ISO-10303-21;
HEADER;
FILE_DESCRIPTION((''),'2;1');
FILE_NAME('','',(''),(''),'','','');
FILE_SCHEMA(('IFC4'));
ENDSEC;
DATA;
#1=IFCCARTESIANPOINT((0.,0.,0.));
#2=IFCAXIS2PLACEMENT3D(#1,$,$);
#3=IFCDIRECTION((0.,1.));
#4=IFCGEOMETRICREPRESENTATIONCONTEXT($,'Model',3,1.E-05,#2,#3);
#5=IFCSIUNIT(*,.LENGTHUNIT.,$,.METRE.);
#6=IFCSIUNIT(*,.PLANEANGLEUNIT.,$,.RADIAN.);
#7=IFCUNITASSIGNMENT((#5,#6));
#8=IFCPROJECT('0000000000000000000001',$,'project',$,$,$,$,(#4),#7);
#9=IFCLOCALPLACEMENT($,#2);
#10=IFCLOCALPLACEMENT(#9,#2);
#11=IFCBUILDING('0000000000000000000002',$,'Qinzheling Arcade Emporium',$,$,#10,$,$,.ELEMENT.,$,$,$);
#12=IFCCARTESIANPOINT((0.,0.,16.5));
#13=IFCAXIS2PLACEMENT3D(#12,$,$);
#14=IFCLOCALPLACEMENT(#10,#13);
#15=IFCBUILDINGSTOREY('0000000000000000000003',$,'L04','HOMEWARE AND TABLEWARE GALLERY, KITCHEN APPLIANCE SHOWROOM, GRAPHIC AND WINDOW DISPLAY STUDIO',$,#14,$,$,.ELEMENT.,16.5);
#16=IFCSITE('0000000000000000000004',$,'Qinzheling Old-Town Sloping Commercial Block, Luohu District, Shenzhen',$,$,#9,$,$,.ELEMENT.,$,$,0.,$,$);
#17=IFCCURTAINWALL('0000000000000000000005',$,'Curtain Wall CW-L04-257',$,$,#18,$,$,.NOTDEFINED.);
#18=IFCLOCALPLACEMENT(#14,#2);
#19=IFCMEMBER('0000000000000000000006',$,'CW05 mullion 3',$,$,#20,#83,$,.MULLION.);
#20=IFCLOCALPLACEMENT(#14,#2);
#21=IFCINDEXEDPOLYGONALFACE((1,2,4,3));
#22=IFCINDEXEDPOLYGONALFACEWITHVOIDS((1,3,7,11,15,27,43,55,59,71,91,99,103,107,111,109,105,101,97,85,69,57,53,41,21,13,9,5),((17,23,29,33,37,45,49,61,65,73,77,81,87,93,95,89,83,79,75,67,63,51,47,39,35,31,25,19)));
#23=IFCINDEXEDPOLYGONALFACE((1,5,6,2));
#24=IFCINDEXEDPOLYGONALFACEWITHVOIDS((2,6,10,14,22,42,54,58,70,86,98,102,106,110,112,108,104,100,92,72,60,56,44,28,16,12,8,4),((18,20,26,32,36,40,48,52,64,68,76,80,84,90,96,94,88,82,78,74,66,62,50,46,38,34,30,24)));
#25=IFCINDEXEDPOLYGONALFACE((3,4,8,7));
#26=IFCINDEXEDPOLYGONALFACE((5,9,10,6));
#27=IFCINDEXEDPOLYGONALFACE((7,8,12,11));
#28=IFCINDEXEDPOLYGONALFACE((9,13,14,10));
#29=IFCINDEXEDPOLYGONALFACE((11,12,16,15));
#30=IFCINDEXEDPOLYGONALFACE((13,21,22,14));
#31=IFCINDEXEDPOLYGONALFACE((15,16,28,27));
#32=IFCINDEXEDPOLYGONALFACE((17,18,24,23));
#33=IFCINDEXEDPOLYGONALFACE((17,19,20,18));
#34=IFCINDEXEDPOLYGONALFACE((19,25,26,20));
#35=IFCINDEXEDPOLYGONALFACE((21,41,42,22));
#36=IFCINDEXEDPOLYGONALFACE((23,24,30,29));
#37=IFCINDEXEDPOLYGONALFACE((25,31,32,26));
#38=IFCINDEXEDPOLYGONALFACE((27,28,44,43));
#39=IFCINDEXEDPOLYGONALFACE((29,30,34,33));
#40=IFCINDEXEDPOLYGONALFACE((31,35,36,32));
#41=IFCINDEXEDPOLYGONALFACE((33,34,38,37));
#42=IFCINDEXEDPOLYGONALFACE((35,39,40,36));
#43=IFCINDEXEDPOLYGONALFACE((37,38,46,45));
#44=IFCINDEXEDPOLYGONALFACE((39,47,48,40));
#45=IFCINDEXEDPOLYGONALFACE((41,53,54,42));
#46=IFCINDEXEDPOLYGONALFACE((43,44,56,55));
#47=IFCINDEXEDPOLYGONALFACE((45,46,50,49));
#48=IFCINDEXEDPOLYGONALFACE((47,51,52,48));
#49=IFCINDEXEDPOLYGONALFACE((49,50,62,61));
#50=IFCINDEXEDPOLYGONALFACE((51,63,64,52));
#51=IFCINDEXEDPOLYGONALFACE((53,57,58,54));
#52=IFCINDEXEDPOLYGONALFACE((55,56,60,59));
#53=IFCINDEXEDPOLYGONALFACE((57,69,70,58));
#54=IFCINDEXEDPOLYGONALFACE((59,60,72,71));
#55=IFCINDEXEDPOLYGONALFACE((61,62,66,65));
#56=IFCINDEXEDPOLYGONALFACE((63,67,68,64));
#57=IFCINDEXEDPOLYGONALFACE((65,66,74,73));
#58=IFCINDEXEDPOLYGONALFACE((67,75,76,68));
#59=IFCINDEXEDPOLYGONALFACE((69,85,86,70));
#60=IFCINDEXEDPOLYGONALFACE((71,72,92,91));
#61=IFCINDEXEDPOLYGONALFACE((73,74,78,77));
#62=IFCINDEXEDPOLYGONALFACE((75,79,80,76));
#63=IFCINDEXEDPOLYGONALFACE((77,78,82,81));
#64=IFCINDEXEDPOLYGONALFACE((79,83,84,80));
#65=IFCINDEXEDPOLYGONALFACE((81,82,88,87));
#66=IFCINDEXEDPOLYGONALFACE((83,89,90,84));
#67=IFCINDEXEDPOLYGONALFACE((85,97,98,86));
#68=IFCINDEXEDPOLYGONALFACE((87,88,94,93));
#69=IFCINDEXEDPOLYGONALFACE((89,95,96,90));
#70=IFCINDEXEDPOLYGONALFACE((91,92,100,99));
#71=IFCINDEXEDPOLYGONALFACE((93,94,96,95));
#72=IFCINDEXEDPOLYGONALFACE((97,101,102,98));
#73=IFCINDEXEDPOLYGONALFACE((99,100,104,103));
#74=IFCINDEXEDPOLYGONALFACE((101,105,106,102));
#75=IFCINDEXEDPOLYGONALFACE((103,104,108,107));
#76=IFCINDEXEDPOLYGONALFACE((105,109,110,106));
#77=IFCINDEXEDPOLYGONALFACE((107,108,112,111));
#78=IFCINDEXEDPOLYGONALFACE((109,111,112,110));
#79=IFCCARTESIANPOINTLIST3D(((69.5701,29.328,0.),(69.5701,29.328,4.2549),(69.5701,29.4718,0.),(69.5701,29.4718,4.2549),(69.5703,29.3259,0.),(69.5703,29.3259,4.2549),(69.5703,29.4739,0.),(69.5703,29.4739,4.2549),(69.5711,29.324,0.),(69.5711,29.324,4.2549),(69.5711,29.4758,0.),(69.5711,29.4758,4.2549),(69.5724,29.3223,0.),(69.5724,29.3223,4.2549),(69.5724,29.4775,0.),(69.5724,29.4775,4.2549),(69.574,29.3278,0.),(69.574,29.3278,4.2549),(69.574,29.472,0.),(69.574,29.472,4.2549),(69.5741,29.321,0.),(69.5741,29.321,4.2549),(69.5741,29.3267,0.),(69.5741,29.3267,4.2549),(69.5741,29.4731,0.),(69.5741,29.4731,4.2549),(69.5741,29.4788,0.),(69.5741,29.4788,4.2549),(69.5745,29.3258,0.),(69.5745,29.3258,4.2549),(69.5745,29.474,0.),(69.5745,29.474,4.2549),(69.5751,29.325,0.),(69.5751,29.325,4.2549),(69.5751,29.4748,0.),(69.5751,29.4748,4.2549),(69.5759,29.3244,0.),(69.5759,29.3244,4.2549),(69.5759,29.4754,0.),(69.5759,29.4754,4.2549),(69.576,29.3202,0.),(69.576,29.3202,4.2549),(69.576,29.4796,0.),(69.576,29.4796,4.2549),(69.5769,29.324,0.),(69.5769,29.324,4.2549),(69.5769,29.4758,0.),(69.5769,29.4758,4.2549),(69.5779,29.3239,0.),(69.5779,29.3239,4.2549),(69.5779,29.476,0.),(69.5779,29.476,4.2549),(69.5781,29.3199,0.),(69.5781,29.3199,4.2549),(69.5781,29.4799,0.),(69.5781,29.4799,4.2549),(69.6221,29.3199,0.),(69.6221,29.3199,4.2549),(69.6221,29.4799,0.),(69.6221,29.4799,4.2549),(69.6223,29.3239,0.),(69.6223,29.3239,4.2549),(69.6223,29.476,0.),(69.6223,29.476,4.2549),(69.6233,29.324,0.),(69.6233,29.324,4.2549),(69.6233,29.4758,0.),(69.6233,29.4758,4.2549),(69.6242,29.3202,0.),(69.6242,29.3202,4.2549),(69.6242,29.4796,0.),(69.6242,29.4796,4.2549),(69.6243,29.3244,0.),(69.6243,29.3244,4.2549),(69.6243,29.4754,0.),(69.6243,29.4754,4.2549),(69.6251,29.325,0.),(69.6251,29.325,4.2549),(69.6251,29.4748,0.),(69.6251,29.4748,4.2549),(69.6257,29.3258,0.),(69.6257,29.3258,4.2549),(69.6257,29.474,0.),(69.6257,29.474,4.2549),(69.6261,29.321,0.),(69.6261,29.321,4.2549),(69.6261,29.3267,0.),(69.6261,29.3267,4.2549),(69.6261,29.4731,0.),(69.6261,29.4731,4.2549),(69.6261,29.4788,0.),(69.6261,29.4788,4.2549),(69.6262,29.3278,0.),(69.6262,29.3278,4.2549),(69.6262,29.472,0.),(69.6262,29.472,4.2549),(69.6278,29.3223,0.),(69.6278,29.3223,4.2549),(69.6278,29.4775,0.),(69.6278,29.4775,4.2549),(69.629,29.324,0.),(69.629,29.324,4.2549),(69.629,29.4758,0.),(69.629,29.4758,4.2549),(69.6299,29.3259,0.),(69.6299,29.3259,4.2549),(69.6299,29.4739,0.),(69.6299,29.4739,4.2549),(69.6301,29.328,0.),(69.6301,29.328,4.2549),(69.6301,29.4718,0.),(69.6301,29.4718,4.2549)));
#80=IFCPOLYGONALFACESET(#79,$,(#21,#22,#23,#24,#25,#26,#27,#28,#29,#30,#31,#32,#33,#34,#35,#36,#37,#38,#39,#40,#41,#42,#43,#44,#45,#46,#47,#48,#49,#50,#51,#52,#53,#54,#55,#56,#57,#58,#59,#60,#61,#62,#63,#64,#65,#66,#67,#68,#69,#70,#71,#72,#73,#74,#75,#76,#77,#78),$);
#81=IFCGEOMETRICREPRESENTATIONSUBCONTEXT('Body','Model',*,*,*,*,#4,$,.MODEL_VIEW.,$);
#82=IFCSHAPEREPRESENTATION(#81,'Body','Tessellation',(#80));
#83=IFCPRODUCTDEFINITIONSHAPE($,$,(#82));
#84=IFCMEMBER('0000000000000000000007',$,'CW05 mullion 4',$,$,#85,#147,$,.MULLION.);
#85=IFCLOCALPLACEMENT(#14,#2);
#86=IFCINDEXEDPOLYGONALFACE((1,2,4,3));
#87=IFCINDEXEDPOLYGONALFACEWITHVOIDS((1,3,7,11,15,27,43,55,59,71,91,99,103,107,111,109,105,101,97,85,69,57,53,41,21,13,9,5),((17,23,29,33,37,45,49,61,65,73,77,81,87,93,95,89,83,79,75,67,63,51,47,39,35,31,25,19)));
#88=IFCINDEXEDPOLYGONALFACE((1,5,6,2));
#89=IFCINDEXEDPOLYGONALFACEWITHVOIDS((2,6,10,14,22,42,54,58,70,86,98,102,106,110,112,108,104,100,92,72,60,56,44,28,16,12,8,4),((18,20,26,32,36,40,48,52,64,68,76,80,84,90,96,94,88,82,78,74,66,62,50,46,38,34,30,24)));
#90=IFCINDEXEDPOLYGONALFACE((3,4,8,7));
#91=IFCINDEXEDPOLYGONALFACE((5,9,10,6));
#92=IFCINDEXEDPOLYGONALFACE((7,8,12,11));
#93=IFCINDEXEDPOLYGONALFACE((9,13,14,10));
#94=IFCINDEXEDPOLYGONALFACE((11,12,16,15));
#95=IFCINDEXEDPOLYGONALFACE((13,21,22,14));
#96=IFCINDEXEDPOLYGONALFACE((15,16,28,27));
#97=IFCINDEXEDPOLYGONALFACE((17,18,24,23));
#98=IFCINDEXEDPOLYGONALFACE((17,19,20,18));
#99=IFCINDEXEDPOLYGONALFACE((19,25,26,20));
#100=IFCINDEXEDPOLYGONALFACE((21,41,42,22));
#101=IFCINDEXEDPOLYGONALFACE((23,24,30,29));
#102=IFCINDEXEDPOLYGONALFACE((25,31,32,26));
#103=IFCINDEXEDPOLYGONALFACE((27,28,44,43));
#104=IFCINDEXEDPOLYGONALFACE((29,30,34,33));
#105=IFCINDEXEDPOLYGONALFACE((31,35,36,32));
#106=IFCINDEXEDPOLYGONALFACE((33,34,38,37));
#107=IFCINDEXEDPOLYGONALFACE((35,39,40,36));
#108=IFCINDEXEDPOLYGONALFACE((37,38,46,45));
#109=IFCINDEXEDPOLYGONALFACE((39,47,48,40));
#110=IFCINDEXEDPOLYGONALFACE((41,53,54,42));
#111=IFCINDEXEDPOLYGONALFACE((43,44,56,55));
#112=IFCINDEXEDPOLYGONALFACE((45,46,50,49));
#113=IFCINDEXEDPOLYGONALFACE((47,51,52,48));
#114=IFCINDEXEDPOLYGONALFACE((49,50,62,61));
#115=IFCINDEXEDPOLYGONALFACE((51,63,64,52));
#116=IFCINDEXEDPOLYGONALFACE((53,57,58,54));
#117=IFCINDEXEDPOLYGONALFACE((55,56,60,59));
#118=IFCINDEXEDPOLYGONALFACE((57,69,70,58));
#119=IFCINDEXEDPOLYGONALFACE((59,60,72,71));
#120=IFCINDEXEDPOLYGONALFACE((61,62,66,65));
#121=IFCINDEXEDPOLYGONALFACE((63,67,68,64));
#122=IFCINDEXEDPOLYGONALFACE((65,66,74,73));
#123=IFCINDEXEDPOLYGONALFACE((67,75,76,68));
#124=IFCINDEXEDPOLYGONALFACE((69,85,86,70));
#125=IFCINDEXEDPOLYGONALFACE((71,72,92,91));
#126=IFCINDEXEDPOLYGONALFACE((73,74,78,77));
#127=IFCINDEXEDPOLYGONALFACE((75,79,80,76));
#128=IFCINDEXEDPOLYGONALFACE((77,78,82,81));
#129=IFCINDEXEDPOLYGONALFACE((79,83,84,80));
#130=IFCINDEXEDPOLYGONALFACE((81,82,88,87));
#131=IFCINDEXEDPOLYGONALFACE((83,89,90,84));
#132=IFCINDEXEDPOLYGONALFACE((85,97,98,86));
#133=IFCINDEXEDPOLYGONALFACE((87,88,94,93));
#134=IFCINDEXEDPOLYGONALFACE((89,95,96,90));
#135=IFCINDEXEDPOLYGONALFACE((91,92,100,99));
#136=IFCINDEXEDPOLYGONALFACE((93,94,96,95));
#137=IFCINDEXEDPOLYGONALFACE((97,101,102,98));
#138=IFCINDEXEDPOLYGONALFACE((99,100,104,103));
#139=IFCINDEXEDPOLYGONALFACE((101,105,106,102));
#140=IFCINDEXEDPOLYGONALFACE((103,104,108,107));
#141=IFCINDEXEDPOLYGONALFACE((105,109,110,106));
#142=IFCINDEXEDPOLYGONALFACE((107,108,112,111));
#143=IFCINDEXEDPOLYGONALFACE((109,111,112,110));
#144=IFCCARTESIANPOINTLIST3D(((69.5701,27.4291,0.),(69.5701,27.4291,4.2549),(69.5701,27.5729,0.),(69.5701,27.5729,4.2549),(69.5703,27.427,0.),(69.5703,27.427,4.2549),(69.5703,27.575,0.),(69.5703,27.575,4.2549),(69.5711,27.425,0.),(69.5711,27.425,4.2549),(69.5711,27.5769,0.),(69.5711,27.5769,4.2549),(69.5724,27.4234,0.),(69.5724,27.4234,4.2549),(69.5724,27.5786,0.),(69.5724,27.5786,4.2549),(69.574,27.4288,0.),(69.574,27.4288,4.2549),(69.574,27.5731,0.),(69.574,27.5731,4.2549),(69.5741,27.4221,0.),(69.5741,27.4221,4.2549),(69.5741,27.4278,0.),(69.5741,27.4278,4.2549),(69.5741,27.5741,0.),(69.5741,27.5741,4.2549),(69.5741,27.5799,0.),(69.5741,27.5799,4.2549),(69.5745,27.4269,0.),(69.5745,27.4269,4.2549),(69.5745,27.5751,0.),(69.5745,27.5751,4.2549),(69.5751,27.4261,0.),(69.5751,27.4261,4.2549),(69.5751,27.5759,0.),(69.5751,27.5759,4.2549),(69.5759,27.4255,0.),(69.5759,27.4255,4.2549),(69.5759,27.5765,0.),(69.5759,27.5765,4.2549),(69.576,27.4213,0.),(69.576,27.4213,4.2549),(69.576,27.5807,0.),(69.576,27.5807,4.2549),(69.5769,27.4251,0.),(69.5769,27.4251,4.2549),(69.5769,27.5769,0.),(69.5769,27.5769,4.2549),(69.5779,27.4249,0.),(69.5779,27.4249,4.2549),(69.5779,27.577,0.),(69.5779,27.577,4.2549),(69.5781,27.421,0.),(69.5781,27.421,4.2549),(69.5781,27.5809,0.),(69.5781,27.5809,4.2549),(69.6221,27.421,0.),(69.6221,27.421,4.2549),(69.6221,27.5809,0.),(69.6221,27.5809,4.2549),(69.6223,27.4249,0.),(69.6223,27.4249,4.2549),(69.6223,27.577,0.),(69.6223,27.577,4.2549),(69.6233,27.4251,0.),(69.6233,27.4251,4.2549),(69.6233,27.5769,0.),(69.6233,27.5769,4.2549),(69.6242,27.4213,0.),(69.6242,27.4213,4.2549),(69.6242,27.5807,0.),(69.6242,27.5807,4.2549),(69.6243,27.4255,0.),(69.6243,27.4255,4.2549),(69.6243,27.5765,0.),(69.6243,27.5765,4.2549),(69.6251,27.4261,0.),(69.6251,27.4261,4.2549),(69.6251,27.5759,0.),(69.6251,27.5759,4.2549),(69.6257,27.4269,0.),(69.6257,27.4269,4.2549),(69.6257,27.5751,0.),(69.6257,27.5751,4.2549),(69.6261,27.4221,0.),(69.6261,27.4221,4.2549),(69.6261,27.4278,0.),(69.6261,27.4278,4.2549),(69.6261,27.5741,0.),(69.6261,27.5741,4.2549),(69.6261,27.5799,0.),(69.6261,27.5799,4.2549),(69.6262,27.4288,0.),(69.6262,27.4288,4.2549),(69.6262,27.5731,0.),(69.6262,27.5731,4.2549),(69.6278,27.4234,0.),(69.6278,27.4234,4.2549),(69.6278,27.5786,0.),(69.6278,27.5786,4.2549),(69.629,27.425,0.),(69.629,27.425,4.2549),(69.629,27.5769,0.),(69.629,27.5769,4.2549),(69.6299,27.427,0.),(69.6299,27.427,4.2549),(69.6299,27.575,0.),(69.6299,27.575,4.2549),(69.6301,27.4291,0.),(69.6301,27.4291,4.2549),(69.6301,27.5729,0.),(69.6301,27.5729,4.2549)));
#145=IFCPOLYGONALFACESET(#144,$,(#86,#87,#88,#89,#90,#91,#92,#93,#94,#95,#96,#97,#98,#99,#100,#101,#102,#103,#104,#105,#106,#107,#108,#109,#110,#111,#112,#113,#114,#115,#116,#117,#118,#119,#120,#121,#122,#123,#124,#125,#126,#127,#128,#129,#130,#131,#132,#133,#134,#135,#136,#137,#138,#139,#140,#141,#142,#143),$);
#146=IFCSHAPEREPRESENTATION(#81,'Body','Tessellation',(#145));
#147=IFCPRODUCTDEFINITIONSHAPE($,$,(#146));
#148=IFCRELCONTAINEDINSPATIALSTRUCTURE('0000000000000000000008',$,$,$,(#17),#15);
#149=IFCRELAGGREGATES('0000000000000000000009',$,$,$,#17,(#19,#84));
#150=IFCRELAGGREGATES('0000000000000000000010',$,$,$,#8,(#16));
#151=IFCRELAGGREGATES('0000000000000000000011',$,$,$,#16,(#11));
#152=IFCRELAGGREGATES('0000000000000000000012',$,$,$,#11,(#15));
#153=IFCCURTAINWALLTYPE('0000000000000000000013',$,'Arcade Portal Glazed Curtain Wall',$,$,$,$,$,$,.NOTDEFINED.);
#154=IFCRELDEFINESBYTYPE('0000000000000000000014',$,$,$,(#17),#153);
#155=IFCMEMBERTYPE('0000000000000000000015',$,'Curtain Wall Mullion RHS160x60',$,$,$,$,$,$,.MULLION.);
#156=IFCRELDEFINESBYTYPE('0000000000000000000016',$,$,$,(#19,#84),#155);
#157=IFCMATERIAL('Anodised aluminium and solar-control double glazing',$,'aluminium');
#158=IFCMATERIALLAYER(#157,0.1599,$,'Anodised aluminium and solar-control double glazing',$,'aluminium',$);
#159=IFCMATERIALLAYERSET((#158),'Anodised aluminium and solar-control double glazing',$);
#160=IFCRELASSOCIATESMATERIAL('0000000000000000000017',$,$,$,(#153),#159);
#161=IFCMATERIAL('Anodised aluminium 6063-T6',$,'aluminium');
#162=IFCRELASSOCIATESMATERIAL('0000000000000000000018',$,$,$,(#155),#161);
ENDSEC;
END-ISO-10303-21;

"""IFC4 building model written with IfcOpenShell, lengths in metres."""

from ifc_helpers import new_model, si_unit, direction, frame, origin, origin_2d, place, context, subcontext, project, spatial, hollow_rectangle, extrude, material, layer, layer_set, material_profile, profile_set, type_object, element, aggregate, save


model = new_model("IFC4")

# Units and contexts
model_context = context("Model", 3, precision=1e-05, world=origin(), true_north=direction((0.0, 1.0)))
body_context = subcontext(model_context, "Body", "Model", "MODEL_VIEW")
ifc_project = project(units=[si_unit("LENGTHUNIT", "METRE"), si_unit("PLANEANGLEUNIT", "RADIAN")], contexts=[model_context])

# Site, building, storey
site_placement = place(None, origin())
site = spatial("IfcSite", under=ifc_project, at=site_placement, Name="Qinzheling Old-Town Sloping Commercial Block, Luohu District, Shenzhen", CompositionType="ELEMENT", RefElevation=0.0)
building_placement = place(site_placement, origin())
building = spatial("IfcBuilding", under=site, at=building_placement, Name="Qinzheling Arcade Emporium", CompositionType="ELEMENT")
storey_placement = place(building_placement, frame((0.0, 0.0, 16.5)))
storey = spatial("IfcBuildingStorey", under=building, at=storey_placement, Name="L04", Description="HOMEWARE AND TABLEWARE GALLERY, KITCHEN APPLIANCE SHOWROOM, GRAPHIC AND WINDOW DISPLAY STUDIO", CompositionType="ELEMENT", Elevation=16.5)

# Curtain wall, members
ifc_material_1 = material(Name="Anodised aluminium and solar-control double glazing", Category="aluminium")
ifc_layer_1 = layer(ifc_material_1, 0.1599, Name="Anodised aluminium and solar-control double glazing", Category="aluminium")
ifc_layer_set_1 = layer_set([ifc_layer_1], Name="Anodised aluminium and solar-control double glazing")
curtain_wall_type = type_object("IfcCurtainWallType", Name="Arcade Portal Glazed Curtain Wall", PredefinedType="NOTDEFINED", material=ifc_layer_set_1)
curtain_wall_1_placement = place(storey_placement, origin())
curtain_wall_1 = element("IfcCurtainWall", 1, at=curtain_wall_1_placement, inside=storey, type_object=curtain_wall_type, Name="Curtain Wall CW-L04-257", PredefinedType="NOTDEFINED")
ifc_material_2 = material(Name="Anodised aluminium 6063-T6", Category="aluminium")
ifc_material_profile_1 = material_profile(ifc_material_2, hollow_rectangle(XDim=0.0601, YDim=0.1599, WallThickness=0.0039, InnerFilletRadius=0.0039, OuterFilletRadius=0.0081, at=origin_2d()), Name="RHS 160x60x4", Category="aluminium")
ifc_profile_set_1 = profile_set([ifc_material_profile_1], Name="Anodised aluminium 6063-T6")
member_type_1 = type_object("IfcMemberType", Name="Curtain Wall Mullion RHS160x60", PredefinedType="MULLION", material=ifc_profile_set_1)
member_1_placement = place(storey_placement, frame((69.6001, 29.3999, 0.0), z_axis=(0.0, 0.0, 1.0), x_axis=(1.0, 0.0, 0.0)))
member_1 = element("IfcMember", 2, at=member_1_placement, type_object=member_type_1, Name="CW05 mullion 3", PredefinedType="MULLION", context=body_context, shape_type="SweptSolid", body=[
    extrude(hollow_rectangle(XDim=0.0601, YDim=0.1599, WallThickness=0.0039, InnerFilletRadius=0.0039, OuterFilletRadius=0.0081, at=origin_2d()), origin(), (0.0, 0.0, 1.0), 4.2549),
])
member_2_placement = place(storey_placement, frame((69.6001, 27.501, 0.0), z_axis=(0.0, 0.0, 1.0), x_axis=(1.0, 0.0, 0.0)))
member_2 = element("IfcMember", 3, at=member_2_placement, type_object=member_type_1, Name="CW05 mullion 4", PredefinedType="MULLION", context=body_context, shape_type="SweptSolid", body=[
    extrude(hollow_rectangle(XDim=0.0601, YDim=0.1599, WallThickness=0.0039, InnerFilletRadius=0.0039, OuterFilletRadius=0.0081, at=origin_2d()), origin(), (0.0, 0.0, 1.0), 4.2549),
])

aggregate(curtain_wall_1, [member_1, member_2])

save(model, "model.ifc")
